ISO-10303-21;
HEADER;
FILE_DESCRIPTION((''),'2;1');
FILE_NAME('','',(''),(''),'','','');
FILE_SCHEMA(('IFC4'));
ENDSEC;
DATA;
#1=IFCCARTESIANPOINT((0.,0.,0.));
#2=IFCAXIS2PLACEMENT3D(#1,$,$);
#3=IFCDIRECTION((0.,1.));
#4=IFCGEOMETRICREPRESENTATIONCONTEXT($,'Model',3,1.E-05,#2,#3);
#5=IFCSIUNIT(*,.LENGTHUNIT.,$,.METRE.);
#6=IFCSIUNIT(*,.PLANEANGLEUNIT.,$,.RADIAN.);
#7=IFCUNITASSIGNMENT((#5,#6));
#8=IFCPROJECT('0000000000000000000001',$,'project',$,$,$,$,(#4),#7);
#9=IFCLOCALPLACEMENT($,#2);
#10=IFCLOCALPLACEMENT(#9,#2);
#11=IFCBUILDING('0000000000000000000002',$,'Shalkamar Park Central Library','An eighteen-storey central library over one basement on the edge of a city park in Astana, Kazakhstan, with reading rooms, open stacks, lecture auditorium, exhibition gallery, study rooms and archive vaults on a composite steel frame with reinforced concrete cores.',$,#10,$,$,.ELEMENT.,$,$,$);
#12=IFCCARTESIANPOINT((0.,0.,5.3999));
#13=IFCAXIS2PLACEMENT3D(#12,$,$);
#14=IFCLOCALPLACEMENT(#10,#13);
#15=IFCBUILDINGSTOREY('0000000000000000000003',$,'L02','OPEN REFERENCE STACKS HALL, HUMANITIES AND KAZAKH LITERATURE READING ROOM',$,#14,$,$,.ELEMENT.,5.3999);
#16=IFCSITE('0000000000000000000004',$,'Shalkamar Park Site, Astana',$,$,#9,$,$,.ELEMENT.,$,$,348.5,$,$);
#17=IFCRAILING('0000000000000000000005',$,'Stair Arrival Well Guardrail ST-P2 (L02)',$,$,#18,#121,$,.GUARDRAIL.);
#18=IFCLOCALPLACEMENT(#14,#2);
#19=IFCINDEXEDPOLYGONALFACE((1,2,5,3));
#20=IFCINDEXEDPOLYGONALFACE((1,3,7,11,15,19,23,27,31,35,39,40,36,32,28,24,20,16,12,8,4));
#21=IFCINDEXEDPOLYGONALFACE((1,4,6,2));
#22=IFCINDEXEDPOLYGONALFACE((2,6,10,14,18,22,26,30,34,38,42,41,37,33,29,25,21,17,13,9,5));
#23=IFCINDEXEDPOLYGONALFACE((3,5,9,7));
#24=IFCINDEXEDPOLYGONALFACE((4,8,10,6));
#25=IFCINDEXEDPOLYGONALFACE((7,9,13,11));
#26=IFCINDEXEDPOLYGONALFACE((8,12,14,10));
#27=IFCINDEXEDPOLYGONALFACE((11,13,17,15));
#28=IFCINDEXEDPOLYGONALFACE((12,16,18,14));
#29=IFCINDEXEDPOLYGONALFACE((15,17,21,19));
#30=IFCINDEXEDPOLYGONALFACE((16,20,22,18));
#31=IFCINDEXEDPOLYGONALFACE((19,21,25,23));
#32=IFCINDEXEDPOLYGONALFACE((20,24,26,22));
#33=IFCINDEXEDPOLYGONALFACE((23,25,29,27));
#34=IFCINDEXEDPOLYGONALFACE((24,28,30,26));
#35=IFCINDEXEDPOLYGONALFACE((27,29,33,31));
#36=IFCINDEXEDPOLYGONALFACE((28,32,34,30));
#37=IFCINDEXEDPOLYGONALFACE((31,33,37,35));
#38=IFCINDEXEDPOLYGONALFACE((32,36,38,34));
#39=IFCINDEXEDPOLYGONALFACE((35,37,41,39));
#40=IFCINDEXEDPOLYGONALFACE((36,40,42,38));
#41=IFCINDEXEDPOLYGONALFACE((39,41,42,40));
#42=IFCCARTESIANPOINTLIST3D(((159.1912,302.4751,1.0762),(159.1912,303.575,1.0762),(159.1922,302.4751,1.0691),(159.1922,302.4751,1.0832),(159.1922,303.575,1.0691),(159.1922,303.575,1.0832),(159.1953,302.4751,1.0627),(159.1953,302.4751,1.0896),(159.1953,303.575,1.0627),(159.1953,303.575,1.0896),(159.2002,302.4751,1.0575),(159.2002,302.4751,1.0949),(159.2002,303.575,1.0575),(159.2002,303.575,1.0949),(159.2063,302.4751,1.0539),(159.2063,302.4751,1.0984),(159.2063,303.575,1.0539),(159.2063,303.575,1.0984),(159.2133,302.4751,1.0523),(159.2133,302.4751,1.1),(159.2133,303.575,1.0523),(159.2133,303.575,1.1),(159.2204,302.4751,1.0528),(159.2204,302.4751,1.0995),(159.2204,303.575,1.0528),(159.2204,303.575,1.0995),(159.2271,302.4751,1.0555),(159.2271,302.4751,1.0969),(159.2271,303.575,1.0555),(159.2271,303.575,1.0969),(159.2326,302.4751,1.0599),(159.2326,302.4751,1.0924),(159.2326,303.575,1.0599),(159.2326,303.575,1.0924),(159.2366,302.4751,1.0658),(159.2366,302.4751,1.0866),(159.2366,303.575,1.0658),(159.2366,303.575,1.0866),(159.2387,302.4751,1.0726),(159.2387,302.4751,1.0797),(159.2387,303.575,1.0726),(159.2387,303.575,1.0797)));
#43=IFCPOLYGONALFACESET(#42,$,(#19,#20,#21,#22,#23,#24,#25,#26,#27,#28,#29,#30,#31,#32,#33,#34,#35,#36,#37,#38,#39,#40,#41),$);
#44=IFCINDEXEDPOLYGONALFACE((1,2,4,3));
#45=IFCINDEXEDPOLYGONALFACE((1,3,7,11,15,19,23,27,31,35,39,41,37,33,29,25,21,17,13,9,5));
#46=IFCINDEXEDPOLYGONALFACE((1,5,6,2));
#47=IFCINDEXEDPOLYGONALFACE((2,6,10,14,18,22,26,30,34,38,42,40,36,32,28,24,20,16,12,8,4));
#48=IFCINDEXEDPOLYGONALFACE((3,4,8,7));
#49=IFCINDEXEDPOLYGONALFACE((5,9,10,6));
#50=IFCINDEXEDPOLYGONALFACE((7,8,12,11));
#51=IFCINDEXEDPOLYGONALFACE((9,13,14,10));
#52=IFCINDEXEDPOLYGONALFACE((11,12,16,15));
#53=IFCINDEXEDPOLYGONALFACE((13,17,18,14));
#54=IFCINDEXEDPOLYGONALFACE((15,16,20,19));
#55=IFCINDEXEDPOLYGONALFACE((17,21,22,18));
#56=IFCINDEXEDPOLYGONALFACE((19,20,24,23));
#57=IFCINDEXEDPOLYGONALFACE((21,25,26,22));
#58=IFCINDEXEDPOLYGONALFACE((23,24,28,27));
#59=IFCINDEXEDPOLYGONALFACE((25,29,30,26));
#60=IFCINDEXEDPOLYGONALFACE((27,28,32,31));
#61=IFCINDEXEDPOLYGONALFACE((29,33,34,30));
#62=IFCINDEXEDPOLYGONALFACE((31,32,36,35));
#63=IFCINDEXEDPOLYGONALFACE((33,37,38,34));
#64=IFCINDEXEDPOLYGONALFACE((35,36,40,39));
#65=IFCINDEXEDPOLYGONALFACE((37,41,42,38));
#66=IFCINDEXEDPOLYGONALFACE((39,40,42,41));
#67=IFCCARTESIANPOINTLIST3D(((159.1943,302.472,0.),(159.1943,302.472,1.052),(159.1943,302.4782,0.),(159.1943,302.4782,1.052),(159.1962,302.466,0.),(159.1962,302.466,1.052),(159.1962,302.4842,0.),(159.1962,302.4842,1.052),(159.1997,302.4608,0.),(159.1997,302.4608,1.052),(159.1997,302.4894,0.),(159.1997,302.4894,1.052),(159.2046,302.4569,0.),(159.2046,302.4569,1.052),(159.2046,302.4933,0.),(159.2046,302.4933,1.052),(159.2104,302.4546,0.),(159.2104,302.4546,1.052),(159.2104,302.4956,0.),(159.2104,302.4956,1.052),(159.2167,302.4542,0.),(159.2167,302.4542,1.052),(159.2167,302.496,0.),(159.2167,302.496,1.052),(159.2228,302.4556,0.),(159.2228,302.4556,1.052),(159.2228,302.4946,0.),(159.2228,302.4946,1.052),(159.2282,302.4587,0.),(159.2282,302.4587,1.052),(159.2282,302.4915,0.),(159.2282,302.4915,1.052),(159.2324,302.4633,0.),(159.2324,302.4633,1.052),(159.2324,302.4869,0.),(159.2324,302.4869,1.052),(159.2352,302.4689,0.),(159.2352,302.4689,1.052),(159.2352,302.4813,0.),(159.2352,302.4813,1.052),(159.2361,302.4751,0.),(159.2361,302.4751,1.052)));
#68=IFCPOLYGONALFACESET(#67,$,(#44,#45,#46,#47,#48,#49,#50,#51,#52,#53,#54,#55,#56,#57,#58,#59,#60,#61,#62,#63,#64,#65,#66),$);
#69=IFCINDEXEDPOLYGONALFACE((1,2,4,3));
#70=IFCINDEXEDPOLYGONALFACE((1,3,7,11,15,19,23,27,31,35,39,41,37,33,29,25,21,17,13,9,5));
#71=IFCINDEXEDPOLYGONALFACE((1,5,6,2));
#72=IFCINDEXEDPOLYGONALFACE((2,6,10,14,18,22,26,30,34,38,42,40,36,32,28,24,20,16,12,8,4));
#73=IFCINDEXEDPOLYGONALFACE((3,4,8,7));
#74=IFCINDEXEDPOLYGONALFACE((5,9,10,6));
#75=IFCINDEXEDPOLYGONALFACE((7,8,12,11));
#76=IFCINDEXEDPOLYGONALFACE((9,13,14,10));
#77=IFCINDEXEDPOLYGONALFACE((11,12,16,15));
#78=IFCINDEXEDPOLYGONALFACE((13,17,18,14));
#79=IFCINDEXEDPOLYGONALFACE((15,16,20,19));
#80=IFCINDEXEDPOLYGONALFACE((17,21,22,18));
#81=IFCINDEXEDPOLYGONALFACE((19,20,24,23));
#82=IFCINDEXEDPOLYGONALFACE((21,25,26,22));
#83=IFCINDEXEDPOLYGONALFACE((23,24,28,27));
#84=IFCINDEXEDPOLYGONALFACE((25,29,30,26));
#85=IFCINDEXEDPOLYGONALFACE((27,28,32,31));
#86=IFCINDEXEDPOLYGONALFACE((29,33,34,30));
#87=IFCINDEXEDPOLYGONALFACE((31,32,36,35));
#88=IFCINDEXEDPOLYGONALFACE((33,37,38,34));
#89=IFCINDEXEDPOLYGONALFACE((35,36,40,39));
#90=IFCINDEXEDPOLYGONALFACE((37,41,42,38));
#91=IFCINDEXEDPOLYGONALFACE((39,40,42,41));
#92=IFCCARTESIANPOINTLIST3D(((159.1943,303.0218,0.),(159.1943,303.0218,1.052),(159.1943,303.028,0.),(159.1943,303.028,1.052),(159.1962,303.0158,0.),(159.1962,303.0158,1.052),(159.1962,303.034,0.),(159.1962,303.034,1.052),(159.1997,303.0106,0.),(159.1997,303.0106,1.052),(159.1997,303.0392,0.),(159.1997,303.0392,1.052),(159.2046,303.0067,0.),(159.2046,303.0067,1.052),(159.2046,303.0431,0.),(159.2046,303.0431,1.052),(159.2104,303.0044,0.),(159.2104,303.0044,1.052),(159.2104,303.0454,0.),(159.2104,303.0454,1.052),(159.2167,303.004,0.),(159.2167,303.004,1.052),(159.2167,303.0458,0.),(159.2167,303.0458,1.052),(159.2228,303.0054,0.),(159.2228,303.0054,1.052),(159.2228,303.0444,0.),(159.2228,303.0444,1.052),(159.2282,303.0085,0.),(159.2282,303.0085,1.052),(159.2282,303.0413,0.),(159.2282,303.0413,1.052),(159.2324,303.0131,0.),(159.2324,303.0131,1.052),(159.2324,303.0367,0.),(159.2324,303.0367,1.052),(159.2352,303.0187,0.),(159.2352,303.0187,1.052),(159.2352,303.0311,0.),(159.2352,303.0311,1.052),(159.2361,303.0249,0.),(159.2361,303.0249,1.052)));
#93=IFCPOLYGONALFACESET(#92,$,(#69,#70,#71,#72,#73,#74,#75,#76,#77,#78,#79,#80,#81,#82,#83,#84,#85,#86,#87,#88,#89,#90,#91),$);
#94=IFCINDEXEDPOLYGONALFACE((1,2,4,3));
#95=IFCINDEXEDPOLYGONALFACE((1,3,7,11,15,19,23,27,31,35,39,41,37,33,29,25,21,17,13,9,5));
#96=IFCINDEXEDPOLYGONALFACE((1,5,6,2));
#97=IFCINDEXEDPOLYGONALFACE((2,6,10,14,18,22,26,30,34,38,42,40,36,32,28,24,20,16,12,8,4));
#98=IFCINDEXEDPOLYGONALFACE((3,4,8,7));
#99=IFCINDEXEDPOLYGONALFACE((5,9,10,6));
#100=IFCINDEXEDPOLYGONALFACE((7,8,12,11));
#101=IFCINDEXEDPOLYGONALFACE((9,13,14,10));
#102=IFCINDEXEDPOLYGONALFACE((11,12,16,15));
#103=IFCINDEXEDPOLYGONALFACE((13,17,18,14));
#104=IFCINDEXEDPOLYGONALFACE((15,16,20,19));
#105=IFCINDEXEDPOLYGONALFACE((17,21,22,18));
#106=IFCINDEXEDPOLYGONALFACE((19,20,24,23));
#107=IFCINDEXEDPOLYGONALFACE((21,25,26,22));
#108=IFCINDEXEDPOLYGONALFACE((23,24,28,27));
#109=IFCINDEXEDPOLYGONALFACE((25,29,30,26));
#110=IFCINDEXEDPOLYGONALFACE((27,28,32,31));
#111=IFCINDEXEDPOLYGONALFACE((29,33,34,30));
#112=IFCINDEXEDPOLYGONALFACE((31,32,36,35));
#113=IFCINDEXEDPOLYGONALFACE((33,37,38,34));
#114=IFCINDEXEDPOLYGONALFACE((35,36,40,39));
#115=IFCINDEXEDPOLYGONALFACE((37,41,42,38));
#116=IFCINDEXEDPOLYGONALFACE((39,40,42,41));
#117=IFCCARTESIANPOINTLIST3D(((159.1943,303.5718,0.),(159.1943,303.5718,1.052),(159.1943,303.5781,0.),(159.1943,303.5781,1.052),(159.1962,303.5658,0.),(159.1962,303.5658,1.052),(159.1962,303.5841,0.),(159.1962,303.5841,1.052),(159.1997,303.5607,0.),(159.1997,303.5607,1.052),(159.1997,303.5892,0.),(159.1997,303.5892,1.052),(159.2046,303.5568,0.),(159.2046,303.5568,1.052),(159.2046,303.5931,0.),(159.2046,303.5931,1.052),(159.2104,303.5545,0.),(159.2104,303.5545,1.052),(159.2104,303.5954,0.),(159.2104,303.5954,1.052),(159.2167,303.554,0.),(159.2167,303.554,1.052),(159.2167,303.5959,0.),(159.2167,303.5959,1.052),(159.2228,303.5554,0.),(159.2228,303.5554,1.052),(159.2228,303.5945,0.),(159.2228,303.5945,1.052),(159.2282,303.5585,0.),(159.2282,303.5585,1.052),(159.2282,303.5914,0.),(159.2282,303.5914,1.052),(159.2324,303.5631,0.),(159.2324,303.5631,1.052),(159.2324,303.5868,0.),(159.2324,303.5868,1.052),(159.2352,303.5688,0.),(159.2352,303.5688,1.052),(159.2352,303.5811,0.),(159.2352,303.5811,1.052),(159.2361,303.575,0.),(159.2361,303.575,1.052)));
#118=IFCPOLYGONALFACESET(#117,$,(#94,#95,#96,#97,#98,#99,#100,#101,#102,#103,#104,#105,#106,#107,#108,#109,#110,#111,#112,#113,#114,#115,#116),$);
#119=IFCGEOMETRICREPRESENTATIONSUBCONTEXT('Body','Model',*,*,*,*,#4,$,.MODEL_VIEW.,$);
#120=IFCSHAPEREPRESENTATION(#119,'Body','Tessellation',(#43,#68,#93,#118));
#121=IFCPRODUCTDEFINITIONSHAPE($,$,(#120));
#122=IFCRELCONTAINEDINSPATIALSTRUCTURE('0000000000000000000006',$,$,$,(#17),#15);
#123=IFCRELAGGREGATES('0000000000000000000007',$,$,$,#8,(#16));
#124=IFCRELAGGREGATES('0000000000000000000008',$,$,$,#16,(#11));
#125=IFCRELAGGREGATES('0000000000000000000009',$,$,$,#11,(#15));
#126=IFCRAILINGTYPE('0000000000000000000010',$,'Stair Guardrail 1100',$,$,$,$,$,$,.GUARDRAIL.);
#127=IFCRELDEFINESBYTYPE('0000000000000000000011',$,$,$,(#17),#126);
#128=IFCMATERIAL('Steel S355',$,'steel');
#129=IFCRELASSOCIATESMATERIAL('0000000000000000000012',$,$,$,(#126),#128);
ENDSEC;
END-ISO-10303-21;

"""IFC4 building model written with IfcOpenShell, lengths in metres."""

from ifc_helpers import new_model, si_unit, direction, frame, origin, origin_2d, place, context, subcontext, project, spatial, circle, extrude, material, type_object, element, save


model = new_model("IFC4")

# Units and contexts
model_context = context("Model", 3, precision=1e-05, world=origin(), true_north=direction((0.0, 1.0)))
body_context = subcontext(model_context, "Body", "Model", "MODEL_VIEW")
ifc_project = project(units=[si_unit("LENGTHUNIT", "METRE"), si_unit("PLANEANGLEUNIT", "RADIAN")], contexts=[model_context])

# Site, building, storey
site_placement = place(None, origin())
site = spatial("IfcSite", under=ifc_project, at=site_placement, Name="Shalkamar Park Site, Astana", CompositionType="ELEMENT", RefElevation=348.5)
building_placement = place(site_placement, origin())
building = spatial("IfcBuilding", under=site, at=building_placement, Name="Shalkamar Park Central Library", Description="An eighteen-storey central library over one basement on the edge of a city park in Astana, Kazakhstan, with reading rooms, open stacks, lecture auditorium, exhibition gallery, study rooms and archive vaults on a composite steel frame with reinforced concrete cores.", CompositionType="ELEMENT")
storey_placement = place(building_placement, frame((0.0, 0.0, 5.3999)))
storey = spatial("IfcBuildingStorey", under=building, at=storey_placement, Name="L02", Description="OPEN REFERENCE STACKS HALL, HUMANITIES AND KAZAKH LITERATURE READING ROOM", CompositionType="ELEMENT", Elevation=5.3999)

# Shared definitions
ifc_material_1 = material(Name="Steel S355", Category="steel")

# Railing
railing_type_1 = type_object("IfcRailingType", Name="Stair Guardrail 1100", PredefinedType="GUARDRAIL", material=ifc_material_1)
railing_1_placement = place(storey_placement, frame((159.2151, 302.4751, 0.0)))
element("IfcRailing", 1, at=railing_1_placement, inside=storey, type_object=railing_type_1, Name="Stair Arrival Well Guardrail ST-P2 (L02)", PredefinedType="GUARDRAIL", context=body_context, shape_type="SweptSolid", body=[
    extrude(circle(Radius=0.0239, at=origin_2d()), frame((0.0, 0.0, 1.0762), z_axis=(0.0, 1.0, 0.0), x_axis=(-1.0, 0.0, 0.0)), (0.0, 0.0, 1.0), 1.0999),
    extrude(circle(Radius=0.021, at=origin_2d()), origin(), (0.0, 0.0, 1.0), 1.052),
    extrude(circle(Radius=0.021, at=origin_2d()), frame((0.0, 0.5498, 0.0)), (0.0, 0.0, 1.0), 1.052),
    extrude(circle(Radius=0.021, at=origin_2d()), frame((0.0, 1.0999, 0.0)), (0.0, 0.0, 1.0), 1.052),
])

save(model, "model.ifc")
